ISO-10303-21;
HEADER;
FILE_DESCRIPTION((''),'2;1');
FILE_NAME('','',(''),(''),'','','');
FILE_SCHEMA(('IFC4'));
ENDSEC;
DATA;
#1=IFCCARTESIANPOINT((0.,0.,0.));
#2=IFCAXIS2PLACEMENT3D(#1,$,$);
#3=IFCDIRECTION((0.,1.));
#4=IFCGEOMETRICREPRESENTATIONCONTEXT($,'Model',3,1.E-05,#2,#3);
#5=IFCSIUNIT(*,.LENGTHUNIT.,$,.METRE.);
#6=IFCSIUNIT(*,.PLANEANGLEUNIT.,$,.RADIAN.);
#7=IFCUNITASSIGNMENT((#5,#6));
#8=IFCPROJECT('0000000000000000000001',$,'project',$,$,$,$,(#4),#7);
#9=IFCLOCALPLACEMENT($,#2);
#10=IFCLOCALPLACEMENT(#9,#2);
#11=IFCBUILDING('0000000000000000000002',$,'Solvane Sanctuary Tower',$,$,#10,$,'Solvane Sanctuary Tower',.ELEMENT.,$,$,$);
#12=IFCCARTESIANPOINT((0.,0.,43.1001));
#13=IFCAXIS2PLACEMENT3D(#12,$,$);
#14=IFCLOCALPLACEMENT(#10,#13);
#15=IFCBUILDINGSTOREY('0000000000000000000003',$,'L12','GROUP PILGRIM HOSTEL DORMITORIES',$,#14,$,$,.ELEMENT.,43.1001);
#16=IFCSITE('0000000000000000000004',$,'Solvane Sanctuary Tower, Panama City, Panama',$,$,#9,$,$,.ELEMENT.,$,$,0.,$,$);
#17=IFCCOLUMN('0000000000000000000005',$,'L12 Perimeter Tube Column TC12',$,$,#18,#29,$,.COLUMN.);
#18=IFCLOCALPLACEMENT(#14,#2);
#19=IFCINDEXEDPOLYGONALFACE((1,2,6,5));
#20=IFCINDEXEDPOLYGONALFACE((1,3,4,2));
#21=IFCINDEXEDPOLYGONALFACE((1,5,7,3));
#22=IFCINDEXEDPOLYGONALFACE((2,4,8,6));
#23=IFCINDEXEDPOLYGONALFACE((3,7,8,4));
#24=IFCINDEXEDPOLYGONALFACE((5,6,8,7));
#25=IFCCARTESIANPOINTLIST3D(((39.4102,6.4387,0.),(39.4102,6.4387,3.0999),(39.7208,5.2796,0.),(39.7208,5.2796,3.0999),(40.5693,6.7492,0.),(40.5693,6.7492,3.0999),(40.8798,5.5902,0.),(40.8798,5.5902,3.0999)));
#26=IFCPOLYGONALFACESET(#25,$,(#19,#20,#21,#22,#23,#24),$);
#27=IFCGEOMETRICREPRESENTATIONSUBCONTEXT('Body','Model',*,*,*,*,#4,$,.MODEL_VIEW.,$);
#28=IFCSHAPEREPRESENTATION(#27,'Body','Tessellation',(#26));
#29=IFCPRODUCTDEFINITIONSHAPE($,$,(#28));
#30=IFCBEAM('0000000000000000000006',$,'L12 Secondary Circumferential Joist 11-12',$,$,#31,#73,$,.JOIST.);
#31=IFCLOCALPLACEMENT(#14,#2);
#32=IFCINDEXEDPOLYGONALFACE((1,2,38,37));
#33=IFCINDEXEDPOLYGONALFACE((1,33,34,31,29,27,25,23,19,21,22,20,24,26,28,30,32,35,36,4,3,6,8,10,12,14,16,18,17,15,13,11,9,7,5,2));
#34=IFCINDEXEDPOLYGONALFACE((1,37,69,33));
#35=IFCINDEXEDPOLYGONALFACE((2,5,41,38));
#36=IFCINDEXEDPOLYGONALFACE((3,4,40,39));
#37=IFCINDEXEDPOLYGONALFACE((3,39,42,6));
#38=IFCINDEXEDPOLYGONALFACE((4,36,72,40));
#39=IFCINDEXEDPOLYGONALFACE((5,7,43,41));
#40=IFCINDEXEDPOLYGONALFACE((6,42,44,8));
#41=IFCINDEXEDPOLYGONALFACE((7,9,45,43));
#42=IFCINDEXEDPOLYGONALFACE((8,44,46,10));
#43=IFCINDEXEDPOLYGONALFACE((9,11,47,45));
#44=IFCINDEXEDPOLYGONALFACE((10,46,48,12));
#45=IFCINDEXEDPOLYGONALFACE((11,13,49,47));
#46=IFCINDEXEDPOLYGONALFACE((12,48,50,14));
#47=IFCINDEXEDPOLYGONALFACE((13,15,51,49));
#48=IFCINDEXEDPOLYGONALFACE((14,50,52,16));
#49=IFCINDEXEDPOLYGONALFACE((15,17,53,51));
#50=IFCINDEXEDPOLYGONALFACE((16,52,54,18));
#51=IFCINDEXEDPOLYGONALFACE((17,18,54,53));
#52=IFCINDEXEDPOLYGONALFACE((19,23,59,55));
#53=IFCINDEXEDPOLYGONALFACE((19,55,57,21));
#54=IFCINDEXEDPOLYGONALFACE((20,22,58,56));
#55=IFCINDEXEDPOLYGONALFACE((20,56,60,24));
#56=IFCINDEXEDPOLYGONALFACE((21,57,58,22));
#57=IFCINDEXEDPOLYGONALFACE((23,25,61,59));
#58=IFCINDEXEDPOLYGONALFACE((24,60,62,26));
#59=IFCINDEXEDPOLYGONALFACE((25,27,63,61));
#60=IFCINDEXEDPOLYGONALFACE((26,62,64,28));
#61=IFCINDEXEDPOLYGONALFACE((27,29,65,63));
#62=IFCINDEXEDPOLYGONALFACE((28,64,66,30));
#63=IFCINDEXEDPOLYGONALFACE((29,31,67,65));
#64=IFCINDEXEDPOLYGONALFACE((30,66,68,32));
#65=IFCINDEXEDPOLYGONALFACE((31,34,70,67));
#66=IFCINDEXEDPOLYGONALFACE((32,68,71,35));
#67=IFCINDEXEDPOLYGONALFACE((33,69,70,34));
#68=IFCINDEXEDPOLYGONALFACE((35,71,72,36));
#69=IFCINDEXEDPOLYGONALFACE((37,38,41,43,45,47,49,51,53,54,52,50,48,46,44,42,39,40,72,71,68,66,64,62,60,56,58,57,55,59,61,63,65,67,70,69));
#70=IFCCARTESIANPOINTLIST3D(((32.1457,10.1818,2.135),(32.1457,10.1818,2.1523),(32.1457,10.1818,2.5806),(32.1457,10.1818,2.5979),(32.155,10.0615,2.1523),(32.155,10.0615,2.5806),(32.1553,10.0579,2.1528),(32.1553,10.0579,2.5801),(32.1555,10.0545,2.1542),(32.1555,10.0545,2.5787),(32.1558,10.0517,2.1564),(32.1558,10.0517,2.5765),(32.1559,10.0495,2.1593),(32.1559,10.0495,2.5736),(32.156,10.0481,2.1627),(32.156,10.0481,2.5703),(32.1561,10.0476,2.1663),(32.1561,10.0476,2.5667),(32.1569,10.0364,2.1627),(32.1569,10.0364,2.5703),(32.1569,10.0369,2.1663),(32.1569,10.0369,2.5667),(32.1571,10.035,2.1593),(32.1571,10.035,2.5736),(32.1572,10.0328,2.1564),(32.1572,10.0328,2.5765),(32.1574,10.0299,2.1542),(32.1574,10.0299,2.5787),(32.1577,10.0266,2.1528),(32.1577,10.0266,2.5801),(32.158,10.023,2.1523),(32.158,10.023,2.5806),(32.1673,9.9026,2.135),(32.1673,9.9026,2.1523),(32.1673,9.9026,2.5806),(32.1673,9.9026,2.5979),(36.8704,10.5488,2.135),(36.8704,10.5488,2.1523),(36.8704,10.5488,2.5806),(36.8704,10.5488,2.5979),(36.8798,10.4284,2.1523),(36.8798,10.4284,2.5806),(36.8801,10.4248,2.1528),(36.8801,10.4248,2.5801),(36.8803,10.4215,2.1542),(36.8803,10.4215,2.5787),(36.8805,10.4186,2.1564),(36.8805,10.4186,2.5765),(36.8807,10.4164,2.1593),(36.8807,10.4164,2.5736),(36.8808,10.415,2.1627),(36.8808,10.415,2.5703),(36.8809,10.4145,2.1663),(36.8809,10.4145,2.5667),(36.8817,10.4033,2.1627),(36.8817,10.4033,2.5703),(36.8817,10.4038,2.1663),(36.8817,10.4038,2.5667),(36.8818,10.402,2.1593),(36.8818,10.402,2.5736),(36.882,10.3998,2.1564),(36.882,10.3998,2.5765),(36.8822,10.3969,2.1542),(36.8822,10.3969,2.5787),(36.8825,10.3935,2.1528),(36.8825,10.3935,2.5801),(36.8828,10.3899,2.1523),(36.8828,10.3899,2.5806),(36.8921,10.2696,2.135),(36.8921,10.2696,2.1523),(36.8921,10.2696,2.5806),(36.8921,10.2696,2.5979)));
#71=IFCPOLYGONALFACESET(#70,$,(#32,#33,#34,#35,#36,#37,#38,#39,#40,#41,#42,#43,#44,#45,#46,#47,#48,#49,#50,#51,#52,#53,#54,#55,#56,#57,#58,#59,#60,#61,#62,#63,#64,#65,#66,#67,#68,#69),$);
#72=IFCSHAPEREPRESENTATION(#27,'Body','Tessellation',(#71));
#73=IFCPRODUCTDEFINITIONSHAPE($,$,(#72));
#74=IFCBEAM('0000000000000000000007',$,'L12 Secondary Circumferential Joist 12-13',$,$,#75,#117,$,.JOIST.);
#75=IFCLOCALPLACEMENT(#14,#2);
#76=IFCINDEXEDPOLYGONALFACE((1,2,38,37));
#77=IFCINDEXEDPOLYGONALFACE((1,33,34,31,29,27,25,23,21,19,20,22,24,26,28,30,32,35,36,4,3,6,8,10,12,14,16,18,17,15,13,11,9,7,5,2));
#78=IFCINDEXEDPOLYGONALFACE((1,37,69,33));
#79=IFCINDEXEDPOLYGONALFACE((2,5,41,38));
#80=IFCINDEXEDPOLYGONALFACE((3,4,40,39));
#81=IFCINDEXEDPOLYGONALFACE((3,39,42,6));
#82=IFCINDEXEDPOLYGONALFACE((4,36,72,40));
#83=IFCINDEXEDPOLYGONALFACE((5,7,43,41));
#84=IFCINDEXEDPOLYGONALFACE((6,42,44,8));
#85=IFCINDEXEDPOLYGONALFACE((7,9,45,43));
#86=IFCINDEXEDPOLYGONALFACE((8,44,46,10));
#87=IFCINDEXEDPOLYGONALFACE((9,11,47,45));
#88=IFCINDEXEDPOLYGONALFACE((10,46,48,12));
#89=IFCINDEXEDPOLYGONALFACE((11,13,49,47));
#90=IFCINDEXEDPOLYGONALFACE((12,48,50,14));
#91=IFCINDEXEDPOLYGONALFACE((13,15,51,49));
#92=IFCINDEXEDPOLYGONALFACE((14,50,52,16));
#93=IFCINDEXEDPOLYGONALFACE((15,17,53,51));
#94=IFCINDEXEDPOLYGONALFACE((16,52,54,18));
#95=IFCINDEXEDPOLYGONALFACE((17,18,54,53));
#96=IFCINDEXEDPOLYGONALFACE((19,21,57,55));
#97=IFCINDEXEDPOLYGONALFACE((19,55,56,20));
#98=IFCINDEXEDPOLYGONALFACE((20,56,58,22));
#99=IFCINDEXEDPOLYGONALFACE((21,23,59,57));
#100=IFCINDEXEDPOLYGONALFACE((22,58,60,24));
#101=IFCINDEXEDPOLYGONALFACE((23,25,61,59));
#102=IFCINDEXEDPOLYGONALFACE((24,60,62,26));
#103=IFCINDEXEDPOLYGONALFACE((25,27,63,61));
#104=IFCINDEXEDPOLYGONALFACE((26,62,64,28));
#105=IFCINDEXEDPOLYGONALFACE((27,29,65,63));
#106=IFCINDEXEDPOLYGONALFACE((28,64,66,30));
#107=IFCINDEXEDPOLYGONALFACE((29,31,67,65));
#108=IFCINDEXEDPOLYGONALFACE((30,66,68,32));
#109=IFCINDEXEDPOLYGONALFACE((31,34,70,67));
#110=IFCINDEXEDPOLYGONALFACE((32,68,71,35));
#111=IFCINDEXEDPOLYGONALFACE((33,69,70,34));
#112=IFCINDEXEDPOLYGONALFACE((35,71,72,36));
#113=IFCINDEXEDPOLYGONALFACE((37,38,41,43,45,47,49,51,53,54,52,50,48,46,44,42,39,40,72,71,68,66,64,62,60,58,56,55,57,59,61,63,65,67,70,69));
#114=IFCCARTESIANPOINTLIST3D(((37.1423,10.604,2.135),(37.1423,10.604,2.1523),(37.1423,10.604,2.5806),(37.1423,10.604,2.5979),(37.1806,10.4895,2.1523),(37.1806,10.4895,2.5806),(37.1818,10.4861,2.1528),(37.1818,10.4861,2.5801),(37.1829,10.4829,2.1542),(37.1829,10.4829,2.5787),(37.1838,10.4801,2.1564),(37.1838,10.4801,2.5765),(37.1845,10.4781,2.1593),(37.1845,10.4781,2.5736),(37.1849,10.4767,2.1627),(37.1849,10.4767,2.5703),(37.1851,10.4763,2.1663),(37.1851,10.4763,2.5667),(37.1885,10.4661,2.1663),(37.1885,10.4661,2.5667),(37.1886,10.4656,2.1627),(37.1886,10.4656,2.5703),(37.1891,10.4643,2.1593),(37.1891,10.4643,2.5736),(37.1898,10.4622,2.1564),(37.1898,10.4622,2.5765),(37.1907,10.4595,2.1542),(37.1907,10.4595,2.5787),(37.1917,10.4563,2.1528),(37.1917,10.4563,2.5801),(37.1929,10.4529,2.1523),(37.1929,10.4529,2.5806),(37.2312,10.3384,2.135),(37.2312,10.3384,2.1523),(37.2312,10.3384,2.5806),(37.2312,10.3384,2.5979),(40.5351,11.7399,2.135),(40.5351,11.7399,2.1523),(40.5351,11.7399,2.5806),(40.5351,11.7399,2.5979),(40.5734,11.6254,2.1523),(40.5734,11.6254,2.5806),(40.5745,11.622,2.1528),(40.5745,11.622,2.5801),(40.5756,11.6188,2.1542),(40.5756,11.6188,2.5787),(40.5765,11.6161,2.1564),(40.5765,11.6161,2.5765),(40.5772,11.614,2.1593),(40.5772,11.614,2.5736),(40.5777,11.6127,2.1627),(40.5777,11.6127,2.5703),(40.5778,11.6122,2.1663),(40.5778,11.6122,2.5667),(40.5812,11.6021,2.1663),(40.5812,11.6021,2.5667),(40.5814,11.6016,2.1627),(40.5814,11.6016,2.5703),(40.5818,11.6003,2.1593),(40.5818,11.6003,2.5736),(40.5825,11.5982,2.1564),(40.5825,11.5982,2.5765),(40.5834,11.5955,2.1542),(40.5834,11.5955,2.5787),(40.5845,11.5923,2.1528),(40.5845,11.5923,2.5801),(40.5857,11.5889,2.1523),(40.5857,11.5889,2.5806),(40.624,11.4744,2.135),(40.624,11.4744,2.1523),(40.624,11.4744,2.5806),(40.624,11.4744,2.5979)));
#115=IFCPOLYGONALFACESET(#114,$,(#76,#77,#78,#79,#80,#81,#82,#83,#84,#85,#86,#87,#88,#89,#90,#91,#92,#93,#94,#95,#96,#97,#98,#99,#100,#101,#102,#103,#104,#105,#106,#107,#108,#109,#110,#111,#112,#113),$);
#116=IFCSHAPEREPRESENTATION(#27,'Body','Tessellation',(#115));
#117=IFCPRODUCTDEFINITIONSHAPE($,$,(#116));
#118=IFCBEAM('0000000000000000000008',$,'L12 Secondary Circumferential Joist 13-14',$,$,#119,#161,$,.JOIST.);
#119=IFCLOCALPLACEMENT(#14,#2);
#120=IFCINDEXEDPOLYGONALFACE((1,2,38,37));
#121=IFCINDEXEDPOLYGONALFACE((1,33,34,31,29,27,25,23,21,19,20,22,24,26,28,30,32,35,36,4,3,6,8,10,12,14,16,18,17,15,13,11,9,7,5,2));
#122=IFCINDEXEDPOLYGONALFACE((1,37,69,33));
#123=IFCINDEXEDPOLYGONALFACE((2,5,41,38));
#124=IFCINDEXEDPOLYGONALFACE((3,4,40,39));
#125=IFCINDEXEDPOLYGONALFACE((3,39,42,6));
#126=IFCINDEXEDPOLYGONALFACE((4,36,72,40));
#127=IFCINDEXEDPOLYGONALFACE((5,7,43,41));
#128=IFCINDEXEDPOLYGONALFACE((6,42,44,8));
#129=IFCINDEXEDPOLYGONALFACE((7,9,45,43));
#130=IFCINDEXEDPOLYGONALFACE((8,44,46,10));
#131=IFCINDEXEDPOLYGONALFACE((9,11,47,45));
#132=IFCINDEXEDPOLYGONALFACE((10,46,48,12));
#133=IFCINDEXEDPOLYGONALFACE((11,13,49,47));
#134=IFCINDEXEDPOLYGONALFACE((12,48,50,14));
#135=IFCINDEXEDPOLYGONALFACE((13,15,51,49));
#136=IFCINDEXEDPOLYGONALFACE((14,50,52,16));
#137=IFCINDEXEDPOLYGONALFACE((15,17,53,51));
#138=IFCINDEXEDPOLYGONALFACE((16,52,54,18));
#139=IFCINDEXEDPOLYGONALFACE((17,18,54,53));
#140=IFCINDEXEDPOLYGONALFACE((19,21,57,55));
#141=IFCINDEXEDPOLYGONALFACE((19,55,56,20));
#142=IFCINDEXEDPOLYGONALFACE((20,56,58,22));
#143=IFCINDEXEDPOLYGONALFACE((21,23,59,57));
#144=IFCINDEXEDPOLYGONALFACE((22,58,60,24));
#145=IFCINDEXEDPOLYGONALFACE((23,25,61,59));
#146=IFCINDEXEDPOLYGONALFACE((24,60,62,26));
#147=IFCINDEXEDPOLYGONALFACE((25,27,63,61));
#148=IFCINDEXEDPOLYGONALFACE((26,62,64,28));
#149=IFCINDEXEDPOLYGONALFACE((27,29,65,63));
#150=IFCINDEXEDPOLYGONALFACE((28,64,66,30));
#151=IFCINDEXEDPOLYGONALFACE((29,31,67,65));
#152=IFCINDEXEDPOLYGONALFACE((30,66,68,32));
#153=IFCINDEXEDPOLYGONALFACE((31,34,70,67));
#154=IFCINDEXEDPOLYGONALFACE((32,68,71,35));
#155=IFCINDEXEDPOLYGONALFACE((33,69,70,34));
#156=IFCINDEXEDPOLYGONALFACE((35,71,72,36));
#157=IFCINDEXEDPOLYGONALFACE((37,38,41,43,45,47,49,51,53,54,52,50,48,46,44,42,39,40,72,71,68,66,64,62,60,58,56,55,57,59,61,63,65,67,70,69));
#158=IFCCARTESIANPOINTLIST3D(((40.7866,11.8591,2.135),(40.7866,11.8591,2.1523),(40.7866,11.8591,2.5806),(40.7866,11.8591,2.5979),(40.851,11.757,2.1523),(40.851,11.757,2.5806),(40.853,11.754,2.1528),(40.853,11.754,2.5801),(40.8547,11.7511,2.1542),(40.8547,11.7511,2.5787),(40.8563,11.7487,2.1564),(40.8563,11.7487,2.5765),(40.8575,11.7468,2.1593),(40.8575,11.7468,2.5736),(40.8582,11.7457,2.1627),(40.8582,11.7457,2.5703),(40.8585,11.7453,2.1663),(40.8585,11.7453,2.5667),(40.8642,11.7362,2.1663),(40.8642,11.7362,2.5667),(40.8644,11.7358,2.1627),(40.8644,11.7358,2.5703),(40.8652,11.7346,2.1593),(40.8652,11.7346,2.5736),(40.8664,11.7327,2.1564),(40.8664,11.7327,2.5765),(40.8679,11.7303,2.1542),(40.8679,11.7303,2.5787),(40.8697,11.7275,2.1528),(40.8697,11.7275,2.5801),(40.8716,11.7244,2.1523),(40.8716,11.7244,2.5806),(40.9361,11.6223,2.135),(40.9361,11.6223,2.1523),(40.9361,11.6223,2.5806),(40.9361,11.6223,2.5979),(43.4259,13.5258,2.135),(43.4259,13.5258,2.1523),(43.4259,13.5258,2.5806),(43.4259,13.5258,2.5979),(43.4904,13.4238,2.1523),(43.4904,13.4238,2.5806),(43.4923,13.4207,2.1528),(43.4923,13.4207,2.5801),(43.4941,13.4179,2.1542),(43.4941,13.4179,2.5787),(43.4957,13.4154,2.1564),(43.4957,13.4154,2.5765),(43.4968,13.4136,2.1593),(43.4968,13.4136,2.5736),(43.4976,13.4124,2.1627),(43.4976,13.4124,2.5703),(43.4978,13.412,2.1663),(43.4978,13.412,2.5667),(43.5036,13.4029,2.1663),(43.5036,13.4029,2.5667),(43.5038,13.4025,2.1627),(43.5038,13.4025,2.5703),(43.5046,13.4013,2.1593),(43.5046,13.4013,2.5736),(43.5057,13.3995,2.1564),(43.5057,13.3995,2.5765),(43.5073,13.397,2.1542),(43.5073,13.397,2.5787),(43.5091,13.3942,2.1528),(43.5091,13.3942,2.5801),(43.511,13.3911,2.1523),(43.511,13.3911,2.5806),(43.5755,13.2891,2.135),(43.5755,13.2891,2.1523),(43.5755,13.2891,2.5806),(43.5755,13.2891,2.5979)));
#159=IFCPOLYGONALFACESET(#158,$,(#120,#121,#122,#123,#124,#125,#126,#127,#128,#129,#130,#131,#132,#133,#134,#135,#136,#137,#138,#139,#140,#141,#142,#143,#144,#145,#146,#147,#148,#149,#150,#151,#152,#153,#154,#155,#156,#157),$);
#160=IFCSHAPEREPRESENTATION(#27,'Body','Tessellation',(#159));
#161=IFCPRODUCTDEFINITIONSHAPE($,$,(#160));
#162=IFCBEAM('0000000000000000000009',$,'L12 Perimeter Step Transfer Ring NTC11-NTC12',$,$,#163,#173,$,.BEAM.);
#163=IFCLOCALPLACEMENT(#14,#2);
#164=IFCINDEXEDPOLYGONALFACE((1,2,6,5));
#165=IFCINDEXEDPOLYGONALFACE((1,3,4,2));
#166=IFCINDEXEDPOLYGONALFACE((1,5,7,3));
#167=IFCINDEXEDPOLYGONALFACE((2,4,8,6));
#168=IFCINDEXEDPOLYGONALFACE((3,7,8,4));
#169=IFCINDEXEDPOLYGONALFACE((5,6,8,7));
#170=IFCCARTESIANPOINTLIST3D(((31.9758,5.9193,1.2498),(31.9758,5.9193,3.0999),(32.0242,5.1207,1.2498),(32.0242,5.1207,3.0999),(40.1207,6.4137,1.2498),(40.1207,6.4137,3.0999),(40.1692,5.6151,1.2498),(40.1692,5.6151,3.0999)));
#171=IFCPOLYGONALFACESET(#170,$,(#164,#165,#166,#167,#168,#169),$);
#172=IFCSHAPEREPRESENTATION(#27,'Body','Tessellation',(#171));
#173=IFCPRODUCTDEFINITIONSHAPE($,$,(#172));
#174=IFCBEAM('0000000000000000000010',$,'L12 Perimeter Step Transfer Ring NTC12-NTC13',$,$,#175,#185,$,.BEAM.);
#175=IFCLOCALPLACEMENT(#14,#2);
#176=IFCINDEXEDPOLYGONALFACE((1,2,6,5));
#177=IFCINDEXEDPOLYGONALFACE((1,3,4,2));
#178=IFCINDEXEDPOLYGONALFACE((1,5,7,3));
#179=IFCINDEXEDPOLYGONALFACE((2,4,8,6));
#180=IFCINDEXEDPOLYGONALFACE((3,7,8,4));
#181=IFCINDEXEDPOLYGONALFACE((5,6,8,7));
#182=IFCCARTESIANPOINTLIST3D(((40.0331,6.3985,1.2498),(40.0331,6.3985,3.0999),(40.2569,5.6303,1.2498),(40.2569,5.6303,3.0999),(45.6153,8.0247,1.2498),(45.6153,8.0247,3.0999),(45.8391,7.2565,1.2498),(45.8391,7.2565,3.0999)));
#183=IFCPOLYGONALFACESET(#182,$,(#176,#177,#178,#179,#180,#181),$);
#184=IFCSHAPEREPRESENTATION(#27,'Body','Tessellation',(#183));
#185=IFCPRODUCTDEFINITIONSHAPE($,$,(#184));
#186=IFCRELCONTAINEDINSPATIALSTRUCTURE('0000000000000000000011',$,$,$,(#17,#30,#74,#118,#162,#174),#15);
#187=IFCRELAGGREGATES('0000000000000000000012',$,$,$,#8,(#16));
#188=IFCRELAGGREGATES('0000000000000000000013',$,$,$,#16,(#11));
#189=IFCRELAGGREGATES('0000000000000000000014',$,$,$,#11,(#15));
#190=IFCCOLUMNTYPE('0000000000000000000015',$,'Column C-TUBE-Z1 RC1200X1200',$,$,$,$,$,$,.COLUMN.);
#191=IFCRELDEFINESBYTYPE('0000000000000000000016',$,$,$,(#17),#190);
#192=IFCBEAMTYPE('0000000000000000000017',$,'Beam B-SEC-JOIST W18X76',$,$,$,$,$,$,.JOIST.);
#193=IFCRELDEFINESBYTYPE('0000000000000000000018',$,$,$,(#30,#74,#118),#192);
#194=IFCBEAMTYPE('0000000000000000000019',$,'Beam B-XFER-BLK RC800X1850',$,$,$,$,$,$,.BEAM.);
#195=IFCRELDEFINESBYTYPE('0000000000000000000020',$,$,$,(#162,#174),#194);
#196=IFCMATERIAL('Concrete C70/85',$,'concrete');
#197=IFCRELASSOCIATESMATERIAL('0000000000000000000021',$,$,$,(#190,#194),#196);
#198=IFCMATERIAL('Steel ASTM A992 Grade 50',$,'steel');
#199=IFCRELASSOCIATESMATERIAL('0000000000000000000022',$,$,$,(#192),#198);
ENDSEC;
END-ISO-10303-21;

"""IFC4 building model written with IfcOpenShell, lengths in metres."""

from ifc_helpers import new_model, si_unit, direction, frame, origin, origin_2d, place, context, subcontext, project, spatial, rectangle, i_section, extrude, material, material_profile, profile_set, type_object, element, save


model = new_model("IFC4")

# Units and contexts
model_context = context("Model", 3, precision=1e-05, world=origin(), true_north=direction((0.0, 1.0)))
body_context = subcontext(model_context, "Body", "Model", "MODEL_VIEW")
ifc_project = project(units=[si_unit("LENGTHUNIT", "METRE"), si_unit("PLANEANGLEUNIT", "RADIAN")], contexts=[model_context])

# Site, building, storey
site_placement = place(None, origin())
site = spatial("IfcSite", under=ifc_project, at=site_placement, Name="Solvane Sanctuary Tower, Panama City, Panama", CompositionType="ELEMENT", RefElevation=0.0)
building_placement = place(site_placement, origin())
building = spatial("IfcBuilding", under=site, at=building_placement, Name="Solvane Sanctuary Tower", LongName="Solvane Sanctuary Tower", CompositionType="ELEMENT")
storey_placement = place(building_placement, frame((0.0, 0.0, 43.1001)))
storey = spatial("IfcBuildingStorey", under=building, at=storey_placement, Name="L12", Description="GROUP PILGRIM HOSTEL DORMITORIES", CompositionType="ELEMENT", Elevation=43.1001)

# Column
ifc_material_1 = material(Name="Concrete C70/85", Category="concrete")
ifc_material_profile_1 = material_profile(ifc_material_1, rectangle(XDim=1.2, YDim=1.2, at=origin_2d()), Name="RC1200X1200")
ifc_profile_set_1 = profile_set([ifc_material_profile_1], Name="Concrete C70/85")
column_type = type_object("IfcColumnType", Name="Column C-TUBE-Z1 RC1200X1200", PredefinedType="COLUMN", material=ifc_profile_set_1)
column_placement = place(storey_placement, frame((40.145, 6.0144, 0.0), z_axis=(0.0, 0.0, 1.0), x_axis=(0.258819, -0.965926, 0.0)))
element("IfcColumn", 1, at=column_placement, inside=storey, type_object=column_type, Name="L12 Perimeter Tube Column TC12", PredefinedType="COLUMN", context=body_context, shape_type="SweptSolid", body=[
    extrude(rectangle(XDim=1.2, YDim=1.2, at=origin_2d()), origin(), (0.0, 0.0, 1.0), 3.0999),
])

# Beams
ifc_material_2 = material(Name="Steel ASTM A992 Grade 50", Category="steel")
ifc_material_profile_2 = material_profile(ifc_material_2, i_section(OverallWidth=0.28, OverallDepth=0.4629, WebThickness=0.0107, FlangeThickness=0.0173, FilletRadius=0.0139, at=origin_2d()), Name="W18X76")
ifc_profile_set_2 = profile_set([ifc_material_profile_2], Name="Steel ASTM A992 Grade 50")
beam_type_1 = type_object("IfcBeamType", Name="Beam B-SEC-JOIST W18X76", PredefinedType="JOIST", material=ifc_profile_set_2)
beam_1_placement = place(storey_placement, frame((32.1565, 10.0422, 2.3665), z_axis=(0.996998, 0.077429, 0.0), x_axis=(-0.077429, 0.996998, 0.0)))
element("IfcBeam", 2, at=beam_1_placement, inside=storey, type_object=beam_type_1, Name="L12 Secondary Circumferential Joist 11-12", PredefinedType="JOIST", context=body_context, shape_type="SweptSolid", body=[
    extrude(i_section(OverallWidth=0.28, OverallDepth=0.4629, WebThickness=0.0107, FlangeThickness=0.0173, FilletRadius=0.0139, at=origin_2d()), origin(), (0.0, 0.0, 1.0), 4.739),
])
beam_2_placement = place(storey_placement, frame((37.1868, 10.4712, 2.3665), z_axis=(0.948259, 0.317497, 0.0), x_axis=(-0.317497, 0.948259, 0.0)))
element("IfcBeam", 3, at=beam_2_placement, inside=storey, type_object=beam_type_1, Name="L12 Secondary Circumferential Joist 12-13", PredefinedType="JOIST", context=body_context, shape_type="SweptSolid", body=[
    extrude(i_section(OverallWidth=0.28, OverallDepth=0.4629, WebThickness=0.0107, FlangeThickness=0.0173, FilletRadius=0.0139, at=origin_2d()), origin(), (0.0, 0.0, 1.0), 3.5779),
])
beam_3_placement = place(storey_placement, frame((40.8613, 11.7407, 2.3665), z_axis=(0.845524, 0.533937, 0.0), x_axis=(-0.533937, 0.845524, 0.0)))
element("IfcBeam", 4, at=beam_3_placement, inside=storey, type_object=beam_type_1, Name="L12 Secondary Circumferential Joist 13-14", PredefinedType="JOIST", context=body_context, shape_type="SweptSolid", body=[
    extrude(i_section(OverallWidth=0.28, OverallDepth=0.4629, WebThickness=0.0107, FlangeThickness=0.0173, FilletRadius=0.0139, at=origin_2d()), origin(), (0.0, 0.0, 1.0), 3.1216),
])
ifc_material_profile_3 = material_profile(ifc_material_1, rectangle(XDim=0.8, YDim=1.8501, at=origin_2d()), Name="RC800X1850")
ifc_profile_set_3 = profile_set([ifc_material_profile_3], Name="Concrete C70/85")
beam_type_2 = type_object("IfcBeamType", Name="Beam B-XFER-BLK RC800X1850", PredefinedType="BEAM", material=ifc_profile_set_3)
beam_4_placement = place(storey_placement, frame((32.0, 5.52, 2.1748), z_axis=(0.998163, 0.060586, 0.0), x_axis=(-0.060586, 0.998163, 0.0)))
element("IfcBeam", 5, at=beam_4_placement, inside=storey, type_object=beam_type_2, Name="L12 Perimeter Step Transfer Ring NTC11-NTC12", PredefinedType="BEAM", context=body_context, shape_type="SweptSolid", body=[
    extrude(rectangle(XDim=0.8, YDim=1.8501, at=origin_2d()), origin(), (0.0, 0.0, 1.0), 8.1599),
])
beam_5_placement = place(storey_placement, frame((40.145, 6.0144, 2.1748), z_axis=(0.96009, 0.279692, 0.0), x_axis=(-0.279692, 0.96009, 0.0)))
element("IfcBeam", 6, at=beam_5_placement, inside=storey, type_object=beam_type_2, Name="L12 Perimeter Step Transfer Ring NTC12-NTC13", PredefinedType="BEAM", context=body_context, shape_type="SweptSolid", body=[
    extrude(rectangle(XDim=0.8, YDim=1.8501, at=origin_2d()), origin(), (0.0, 0.0, 1.0), 5.8142),
])

save(model, "model.ifc")
